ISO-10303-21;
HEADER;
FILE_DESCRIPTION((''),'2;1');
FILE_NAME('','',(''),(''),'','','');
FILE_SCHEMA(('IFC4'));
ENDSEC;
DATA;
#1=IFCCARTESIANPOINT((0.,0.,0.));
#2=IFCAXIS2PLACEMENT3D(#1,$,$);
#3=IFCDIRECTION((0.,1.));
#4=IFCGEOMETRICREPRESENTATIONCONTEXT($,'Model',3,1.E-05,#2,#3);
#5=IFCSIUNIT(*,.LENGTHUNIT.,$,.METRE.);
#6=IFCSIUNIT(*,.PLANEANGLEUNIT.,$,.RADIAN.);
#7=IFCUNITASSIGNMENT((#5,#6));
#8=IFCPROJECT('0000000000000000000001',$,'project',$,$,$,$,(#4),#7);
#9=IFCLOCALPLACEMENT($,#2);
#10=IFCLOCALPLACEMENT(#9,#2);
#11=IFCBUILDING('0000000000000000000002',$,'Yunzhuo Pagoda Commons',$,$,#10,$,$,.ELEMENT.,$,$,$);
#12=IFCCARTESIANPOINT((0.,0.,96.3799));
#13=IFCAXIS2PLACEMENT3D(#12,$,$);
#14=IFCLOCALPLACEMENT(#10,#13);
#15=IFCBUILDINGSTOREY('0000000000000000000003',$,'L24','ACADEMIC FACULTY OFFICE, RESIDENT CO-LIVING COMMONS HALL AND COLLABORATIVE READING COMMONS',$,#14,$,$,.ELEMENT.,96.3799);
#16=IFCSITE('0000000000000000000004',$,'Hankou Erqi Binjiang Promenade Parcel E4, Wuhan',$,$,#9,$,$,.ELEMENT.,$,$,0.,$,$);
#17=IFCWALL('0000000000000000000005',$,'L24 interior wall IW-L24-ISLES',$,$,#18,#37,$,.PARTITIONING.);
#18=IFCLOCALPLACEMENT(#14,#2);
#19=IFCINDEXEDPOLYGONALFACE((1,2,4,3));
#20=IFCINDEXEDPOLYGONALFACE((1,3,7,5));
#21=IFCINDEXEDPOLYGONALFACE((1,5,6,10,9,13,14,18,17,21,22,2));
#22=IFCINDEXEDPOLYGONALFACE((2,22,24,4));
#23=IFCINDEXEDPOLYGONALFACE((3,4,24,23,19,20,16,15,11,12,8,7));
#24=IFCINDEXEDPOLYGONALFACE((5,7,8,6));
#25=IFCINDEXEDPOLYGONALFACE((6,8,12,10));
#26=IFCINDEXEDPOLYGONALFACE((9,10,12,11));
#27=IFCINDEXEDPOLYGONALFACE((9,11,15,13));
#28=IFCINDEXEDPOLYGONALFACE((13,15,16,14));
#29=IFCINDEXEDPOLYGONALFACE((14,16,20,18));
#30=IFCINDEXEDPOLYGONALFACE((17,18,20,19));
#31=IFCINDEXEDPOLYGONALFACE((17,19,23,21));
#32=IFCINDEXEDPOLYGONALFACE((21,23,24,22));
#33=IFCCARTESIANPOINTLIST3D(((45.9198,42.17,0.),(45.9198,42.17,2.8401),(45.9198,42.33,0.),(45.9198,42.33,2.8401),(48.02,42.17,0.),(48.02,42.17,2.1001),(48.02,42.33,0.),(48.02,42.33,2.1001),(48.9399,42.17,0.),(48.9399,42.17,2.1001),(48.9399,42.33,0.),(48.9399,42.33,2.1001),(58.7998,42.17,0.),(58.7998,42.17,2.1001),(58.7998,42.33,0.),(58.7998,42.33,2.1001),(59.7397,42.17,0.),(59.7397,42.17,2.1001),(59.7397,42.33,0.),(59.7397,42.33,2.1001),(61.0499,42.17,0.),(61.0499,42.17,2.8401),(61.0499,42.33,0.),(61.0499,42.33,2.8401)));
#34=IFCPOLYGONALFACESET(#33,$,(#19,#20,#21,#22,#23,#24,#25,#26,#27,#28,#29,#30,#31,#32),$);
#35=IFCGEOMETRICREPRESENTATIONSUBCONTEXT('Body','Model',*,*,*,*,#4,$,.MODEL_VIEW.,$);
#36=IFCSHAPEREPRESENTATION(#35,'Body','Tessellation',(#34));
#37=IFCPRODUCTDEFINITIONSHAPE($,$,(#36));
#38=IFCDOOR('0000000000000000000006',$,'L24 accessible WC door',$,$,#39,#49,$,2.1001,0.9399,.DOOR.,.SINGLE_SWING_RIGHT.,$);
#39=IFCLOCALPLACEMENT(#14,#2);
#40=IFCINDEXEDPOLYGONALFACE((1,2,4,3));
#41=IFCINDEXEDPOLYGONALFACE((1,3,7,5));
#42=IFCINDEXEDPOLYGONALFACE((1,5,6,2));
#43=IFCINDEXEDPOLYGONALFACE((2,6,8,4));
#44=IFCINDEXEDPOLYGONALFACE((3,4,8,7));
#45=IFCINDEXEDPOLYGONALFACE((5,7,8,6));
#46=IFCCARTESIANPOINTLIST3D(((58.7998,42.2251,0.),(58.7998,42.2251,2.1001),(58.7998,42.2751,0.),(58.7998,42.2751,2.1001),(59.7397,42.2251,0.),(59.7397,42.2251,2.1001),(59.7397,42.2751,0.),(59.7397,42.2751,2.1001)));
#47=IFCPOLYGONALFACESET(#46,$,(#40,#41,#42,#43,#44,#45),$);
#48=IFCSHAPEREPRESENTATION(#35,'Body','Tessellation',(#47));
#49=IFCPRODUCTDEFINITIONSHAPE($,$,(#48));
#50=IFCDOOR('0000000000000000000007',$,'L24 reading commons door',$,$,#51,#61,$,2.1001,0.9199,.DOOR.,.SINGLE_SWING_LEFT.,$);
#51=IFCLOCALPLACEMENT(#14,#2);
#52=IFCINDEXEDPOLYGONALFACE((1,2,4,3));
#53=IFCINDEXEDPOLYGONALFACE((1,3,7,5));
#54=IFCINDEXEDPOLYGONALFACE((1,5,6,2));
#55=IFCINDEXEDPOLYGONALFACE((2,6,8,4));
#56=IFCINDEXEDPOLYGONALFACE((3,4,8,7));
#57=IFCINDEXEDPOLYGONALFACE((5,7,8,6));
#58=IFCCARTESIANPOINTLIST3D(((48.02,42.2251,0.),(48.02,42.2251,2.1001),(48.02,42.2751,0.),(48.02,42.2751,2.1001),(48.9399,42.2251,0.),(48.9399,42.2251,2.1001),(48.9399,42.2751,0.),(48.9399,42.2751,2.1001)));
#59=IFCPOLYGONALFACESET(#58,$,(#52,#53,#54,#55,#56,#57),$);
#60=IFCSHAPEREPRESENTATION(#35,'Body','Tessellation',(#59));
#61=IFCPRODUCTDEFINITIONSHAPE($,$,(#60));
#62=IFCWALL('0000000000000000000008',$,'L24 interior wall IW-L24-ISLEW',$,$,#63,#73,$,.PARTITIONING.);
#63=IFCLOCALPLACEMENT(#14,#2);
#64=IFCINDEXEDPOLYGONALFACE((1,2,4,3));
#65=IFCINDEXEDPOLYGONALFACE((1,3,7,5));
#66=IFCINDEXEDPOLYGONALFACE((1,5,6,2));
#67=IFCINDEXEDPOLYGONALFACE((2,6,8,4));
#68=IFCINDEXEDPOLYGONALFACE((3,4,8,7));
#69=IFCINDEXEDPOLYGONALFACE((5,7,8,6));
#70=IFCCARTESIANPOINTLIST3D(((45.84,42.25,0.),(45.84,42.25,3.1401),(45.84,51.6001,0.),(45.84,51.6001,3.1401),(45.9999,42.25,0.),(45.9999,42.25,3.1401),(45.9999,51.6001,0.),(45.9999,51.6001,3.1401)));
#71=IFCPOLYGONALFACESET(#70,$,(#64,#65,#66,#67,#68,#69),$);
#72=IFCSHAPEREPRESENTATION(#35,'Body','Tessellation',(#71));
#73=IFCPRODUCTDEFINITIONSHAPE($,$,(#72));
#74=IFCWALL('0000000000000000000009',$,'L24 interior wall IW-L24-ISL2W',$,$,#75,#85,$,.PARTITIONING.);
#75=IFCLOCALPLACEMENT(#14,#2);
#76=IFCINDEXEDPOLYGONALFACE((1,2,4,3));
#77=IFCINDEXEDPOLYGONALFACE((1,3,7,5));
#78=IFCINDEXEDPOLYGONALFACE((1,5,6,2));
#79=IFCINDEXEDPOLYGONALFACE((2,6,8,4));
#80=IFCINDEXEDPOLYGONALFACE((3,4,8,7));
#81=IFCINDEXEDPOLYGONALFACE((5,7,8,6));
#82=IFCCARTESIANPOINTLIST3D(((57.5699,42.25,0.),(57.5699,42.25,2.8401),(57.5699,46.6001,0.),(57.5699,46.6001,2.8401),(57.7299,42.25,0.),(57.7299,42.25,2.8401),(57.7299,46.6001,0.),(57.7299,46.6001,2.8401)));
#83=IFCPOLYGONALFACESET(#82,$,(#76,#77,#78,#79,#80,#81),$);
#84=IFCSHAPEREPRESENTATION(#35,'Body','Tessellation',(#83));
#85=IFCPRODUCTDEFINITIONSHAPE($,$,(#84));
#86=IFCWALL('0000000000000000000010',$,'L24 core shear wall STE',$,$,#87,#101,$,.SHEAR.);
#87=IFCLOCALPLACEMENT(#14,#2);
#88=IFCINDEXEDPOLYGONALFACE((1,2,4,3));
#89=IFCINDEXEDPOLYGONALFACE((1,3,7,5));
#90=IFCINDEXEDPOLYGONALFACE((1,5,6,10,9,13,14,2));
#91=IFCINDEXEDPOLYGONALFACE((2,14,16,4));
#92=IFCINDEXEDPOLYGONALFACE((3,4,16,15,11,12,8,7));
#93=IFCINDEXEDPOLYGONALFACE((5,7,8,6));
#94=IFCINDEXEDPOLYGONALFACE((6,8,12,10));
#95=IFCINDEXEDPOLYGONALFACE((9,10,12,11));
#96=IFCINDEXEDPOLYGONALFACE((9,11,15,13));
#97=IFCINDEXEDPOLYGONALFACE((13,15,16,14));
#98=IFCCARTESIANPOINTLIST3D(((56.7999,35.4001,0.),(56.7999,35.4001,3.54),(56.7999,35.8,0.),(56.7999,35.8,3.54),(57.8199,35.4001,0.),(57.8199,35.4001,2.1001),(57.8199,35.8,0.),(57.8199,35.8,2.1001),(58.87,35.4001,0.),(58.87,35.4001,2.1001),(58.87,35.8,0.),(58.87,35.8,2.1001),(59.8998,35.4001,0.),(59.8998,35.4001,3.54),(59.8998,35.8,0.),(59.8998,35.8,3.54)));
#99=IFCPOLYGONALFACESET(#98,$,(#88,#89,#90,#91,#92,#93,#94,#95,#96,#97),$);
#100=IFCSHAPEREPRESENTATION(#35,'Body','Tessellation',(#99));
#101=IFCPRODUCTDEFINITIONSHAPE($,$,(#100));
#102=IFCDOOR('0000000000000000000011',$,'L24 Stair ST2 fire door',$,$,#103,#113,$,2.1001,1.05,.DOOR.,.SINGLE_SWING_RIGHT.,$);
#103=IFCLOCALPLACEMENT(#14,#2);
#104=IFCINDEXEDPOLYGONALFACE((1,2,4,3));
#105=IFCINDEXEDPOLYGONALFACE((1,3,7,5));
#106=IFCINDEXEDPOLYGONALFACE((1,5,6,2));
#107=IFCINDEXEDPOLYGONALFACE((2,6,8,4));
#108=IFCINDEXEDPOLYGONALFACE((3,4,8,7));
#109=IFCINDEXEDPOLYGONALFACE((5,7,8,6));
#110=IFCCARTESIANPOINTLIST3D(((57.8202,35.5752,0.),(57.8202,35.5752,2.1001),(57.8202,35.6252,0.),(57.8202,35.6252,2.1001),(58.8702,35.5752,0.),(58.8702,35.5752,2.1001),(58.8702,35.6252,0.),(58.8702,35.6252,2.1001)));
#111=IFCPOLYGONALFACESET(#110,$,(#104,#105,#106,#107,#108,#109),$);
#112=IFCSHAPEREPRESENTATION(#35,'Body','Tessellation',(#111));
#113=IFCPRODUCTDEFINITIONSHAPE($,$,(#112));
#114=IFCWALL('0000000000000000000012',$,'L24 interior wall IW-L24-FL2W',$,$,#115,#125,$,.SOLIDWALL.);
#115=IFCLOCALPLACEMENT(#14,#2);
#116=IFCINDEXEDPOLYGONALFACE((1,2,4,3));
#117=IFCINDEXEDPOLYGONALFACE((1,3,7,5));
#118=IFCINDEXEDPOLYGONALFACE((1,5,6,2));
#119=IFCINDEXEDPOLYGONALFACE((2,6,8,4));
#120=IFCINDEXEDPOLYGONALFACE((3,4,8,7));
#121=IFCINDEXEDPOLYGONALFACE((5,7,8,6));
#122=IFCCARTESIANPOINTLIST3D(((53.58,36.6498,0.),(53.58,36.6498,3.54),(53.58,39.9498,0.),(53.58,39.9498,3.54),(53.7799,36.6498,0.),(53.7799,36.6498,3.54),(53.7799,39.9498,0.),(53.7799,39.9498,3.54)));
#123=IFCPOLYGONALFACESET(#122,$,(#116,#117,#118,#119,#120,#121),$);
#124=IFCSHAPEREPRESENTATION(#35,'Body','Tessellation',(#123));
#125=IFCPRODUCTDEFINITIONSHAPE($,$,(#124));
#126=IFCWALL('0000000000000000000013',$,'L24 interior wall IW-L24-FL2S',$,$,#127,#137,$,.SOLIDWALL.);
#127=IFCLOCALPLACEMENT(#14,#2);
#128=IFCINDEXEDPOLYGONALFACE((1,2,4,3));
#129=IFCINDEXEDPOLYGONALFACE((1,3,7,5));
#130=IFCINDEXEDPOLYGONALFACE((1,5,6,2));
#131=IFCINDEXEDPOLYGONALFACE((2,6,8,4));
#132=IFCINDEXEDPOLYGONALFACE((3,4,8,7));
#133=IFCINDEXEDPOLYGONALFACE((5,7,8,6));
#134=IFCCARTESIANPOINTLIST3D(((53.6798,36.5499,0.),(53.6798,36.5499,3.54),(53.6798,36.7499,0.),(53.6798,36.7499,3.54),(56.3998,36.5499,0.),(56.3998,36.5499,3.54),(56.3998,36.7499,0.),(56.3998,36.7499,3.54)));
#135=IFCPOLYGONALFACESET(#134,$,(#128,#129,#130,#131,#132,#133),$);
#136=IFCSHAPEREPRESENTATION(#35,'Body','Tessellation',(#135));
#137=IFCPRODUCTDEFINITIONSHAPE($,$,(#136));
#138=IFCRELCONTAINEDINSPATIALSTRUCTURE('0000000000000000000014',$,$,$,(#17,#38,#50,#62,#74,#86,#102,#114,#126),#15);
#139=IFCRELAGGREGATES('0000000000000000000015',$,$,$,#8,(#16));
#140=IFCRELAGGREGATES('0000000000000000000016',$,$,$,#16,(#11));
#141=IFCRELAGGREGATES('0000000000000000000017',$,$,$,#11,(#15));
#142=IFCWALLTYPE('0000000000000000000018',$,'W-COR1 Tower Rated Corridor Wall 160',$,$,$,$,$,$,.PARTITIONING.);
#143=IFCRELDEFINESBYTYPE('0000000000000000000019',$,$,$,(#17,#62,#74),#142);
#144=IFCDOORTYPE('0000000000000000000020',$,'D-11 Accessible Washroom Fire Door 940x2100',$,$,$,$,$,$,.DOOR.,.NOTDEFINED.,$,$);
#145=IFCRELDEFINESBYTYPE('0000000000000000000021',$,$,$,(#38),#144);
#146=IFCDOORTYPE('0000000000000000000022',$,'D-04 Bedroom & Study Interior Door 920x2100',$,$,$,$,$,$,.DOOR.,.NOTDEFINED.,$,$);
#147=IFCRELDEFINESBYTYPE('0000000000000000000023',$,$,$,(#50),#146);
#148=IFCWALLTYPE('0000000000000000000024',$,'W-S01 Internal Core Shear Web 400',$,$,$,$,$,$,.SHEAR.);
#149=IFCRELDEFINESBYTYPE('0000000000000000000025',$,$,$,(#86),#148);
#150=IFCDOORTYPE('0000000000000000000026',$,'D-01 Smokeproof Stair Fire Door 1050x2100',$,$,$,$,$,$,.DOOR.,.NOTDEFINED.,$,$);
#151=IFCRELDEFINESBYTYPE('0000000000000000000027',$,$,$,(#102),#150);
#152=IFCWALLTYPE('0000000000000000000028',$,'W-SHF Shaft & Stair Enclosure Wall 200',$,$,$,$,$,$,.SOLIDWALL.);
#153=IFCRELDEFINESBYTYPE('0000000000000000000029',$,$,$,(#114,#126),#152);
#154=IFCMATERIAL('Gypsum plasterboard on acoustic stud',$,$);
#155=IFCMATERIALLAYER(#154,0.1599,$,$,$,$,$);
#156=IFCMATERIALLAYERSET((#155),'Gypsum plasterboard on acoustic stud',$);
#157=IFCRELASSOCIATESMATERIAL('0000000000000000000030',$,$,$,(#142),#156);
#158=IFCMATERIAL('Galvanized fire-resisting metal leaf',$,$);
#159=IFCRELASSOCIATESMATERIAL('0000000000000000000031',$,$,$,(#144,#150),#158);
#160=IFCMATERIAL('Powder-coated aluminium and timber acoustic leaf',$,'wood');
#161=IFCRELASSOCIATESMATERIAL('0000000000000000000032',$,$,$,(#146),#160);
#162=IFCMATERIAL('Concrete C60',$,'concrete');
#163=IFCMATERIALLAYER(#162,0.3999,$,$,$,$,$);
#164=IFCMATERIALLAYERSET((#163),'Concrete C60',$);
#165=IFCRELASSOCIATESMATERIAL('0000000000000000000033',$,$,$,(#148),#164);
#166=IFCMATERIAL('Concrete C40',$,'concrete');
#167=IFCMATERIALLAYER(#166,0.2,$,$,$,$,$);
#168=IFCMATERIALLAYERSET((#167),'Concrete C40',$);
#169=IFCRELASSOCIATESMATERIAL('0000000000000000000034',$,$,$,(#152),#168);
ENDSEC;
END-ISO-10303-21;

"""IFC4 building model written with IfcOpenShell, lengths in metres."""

from ifc_helpers import new_model, si_unit, direction, frame, frame_2d, origin, place, context, subcontext, project, spatial, rectangle, extrude, source, transform, mapped, material, layer, layer_set, type_object, element, fill, save


model = new_model("IFC4")

# Units and contexts
model_context = context("Model", 3, precision=1e-05, world=origin(), true_north=direction((0.0, 1.0)))
body_context = subcontext(model_context, "Body", "Model", "MODEL_VIEW")
ifc_project = project(units=[si_unit("LENGTHUNIT", "METRE"), si_unit("PLANEANGLEUNIT", "RADIAN")], contexts=[model_context])

# Site, building, storey
site_placement = place(None, origin())
site = spatial("IfcSite", under=ifc_project, at=site_placement, Name="Hankou Erqi Binjiang Promenade Parcel E4, Wuhan", CompositionType="ELEMENT", RefElevation=0.0)
building_placement = place(site_placement, origin())
building = spatial("IfcBuilding", under=site, at=building_placement, Name="Yunzhuo Pagoda Commons", CompositionType="ELEMENT")
storey_placement = place(building_placement, frame((0.0, 0.0, 96.3799)))
storey = spatial("IfcBuildingStorey", under=building, at=storey_placement, Name="L24", Description="ACADEMIC FACULTY OFFICE, RESIDENT CO-LIVING COMMONS HALL AND COLLABORATIVE READING COMMONS", CompositionType="ELEMENT", Elevation=96.3799)

# Shared definitions
ifc_material_1 = material(Name="Concrete C60", Category="concrete")
ifc_material_2 = material(Name="Galvanized fire-resisting metal leaf")
shared_shape_1 = source(origin(), body_context, "Body", "SweptSolid", [
    extrude(rectangle(XDim=1.05, YDim=2.1001, at=frame_2d((0.5249, 1.05))), frame((0.0, 0.0249, 0.0), z_axis=(0.0, -1.0, 0.0), x_axis=(1.0, 0.0, 0.0)), (0.0, 0.0, 1.0), 0.05),
])

# Wall, openings, doors
ifc_material_3 = material(Name="Gypsum plasterboard on acoustic stud")
ifc_layer_1 = layer(ifc_material_3, 0.1599)
ifc_layer_set_1 = layer_set([ifc_layer_1], Name="Gypsum plasterboard on acoustic stud")
wall_type_1 = type_object("IfcWallType", Name="W-COR1 Tower Rated Corridor Wall 160", PredefinedType="PARTITIONING", material=ifc_layer_set_1)
wall_1_placement = place(storey_placement, frame((45.9199, 42.25, 0.0), z_axis=(0.0, 0.0, 1.0), x_axis=(1.0, 0.0, 0.0)))
wall_1 = element("IfcWall", 1, at=wall_1_placement, inside=storey, type_object=wall_type_1, Name="L24 interior wall IW-L24-ISLES", PredefinedType="PARTITIONING", context=body_context, shape_type="SweptSolid", body=[
    extrude(rectangle(XDim=15.1301, YDim=0.1599, at=frame_2d((7.5649, 0.0))), origin(), (0.0, 0.0, 1.0), 2.8401),
])
opening_1_placement = place(wall_1_placement, frame((2.1001, 0.0, 0.0)))
opening_1 = element("IfcOpeningElement", 2, at=opening_1_placement, cuts=wall_1, PredefinedType="OPENING", context=body_context, shape_type="SweptSolid", body=[
    extrude(rectangle(XDim=0.9199, YDim=2.1001, at=frame_2d((0.46, 1.05))), frame((0.0, 0.0898, 0.0), z_axis=(0.0, -1.0, 0.0), x_axis=(1.0, 0.0, 0.0)), (0.0, 0.0, 1.0), 0.1799),
])
opening_2_placement = place(wall_1_placement, frame((12.8799, 0.0, 0.0)))
opening_2 = element("IfcOpeningElement", 3, at=opening_2_placement, cuts=wall_1, PredefinedType="OPENING", context=body_context, shape_type="SweptSolid", body=[
    extrude(rectangle(XDim=0.9399, YDim=2.1001, at=frame_2d((0.47, 1.05))), frame((0.0, 0.0898, 0.0), z_axis=(0.0, -1.0, 0.0), x_axis=(1.0, 0.0, 0.0)), (0.0, 0.0, 1.0), 0.1799),
])
door_type_1 = type_object("IfcDoorType", Name="D-11 Accessible Washroom Fire Door 940x2100", OperationType="NOTDEFINED", PredefinedType="DOOR", material=ifc_material_2)
shared_shape_2 = source(origin(), body_context, "Body", "SweptSolid", [
    extrude(rectangle(XDim=0.9399, YDim=2.1001, at=frame_2d((0.47, 1.05))), frame((0.0, 0.0249, 0.0), z_axis=(0.0, -1.0, 0.0), x_axis=(1.0, 0.0, 0.0)), (0.0, 0.0, 1.0), 0.05),
])
door_1_placement = place(opening_2_placement, frame((0.9399, 0.0, 0.0), z_axis=(0.0, 0.0, 1.0), x_axis=(-1.0, 0.0, 0.0)))
door_1 = element("IfcDoor", 4, at=door_1_placement, inside=storey, type_object=door_type_1, Name="L24 accessible WC door", OperationType="SINGLE_SWING_RIGHT", OverallHeight=2.1001, OverallWidth=0.9399, PredefinedType="DOOR", context=body_context, shape_type="MappedRepresentation", body=[
    mapped(shared_shape_2, transform((0.0, 0.0, 0.0), scale=1.0)),
])
fill(opening_2, door_1)
ifc_material_4 = material(Name="Powder-coated aluminium and timber acoustic leaf", Category="wood")
door_type_2 = type_object("IfcDoorType", Name="D-04 Bedroom & Study Interior Door 920x2100", OperationType="NOTDEFINED", PredefinedType="DOOR", material=ifc_material_4)
shared_shape_3 = source(origin(), body_context, "Body", "SweptSolid", [
    extrude(rectangle(XDim=0.9199, YDim=2.1001, at=frame_2d((0.46, 1.05))), frame((0.0, 0.0249, 0.0), z_axis=(0.0, -1.0, 0.0), x_axis=(1.0, 0.0, 0.0)), (0.0, 0.0, 1.0), 0.05),
])
door_2_placement = place(opening_1_placement, frame((0.9199, 0.0, 0.0), z_axis=(0.0, 0.0, 1.0), x_axis=(-1.0, 0.0, 0.0)))
door_2 = element("IfcDoor", 5, at=door_2_placement, inside=storey, type_object=door_type_2, Name="L24 reading commons door", OperationType="SINGLE_SWING_LEFT", OverallHeight=2.1001, OverallWidth=0.9199, PredefinedType="DOOR", context=body_context, shape_type="MappedRepresentation", body=[
    mapped(shared_shape_3, transform((0.0, 0.0, 0.0), scale=1.0)),
])
fill(opening_1, door_2)

# Walls
wall_2_placement = place(storey_placement, frame((45.9199, 42.25, 0.0), z_axis=(0.0, 0.0, 1.0), x_axis=(0.0, 1.0, 0.0)))
element("IfcWall", 6, at=wall_2_placement, inside=storey, type_object=wall_type_1, Name="L24 interior wall IW-L24-ISLEW", PredefinedType="PARTITIONING", context=body_context, shape_type="SweptSolid", body=[
    extrude(rectangle(XDim=9.3501, YDim=0.1599, at=frame_2d((4.675, 0.0))), origin(), (0.0, 0.0, 1.0), 3.1401),
])
wall_3_placement = place(storey_placement, frame((57.6499, 42.25, 0.0), z_axis=(0.0, 0.0, 1.0), x_axis=(0.0, 1.0, 0.0)))
element("IfcWall", 7, at=wall_3_placement, inside=storey, type_object=wall_type_1, Name="L24 interior wall IW-L24-ISL2W", PredefinedType="PARTITIONING", context=body_context, shape_type="SweptSolid", body=[
    extrude(rectangle(XDim=4.3501, YDim=0.1599, at=frame_2d((2.175, 0.0))), origin(), (0.0, 0.0, 1.0), 2.8401),
])

# Wall, opening, door
ifc_layer_2 = layer(ifc_material_1, 0.3999)
ifc_layer_set_2 = layer_set([ifc_layer_2], Name="Concrete C60")
wall_type_2 = type_object("IfcWallType", Name="W-S01 Internal Core Shear Web 400", PredefinedType="SHEAR", material=ifc_layer_set_2)
wall_4_placement = place(storey_placement, frame((56.8, 35.6001, 0.0), z_axis=(0.0, 0.0, 1.0), x_axis=(1.0, 0.0, 0.0)))
wall_4 = element("IfcWall", 8, at=wall_4_placement, inside=storey, type_object=wall_type_2, Name="L24 core shear wall STE", PredefinedType="SHEAR", context=body_context, shape_type="SweptSolid", body=[
    extrude(rectangle(XDim=3.0999, YDim=0.3999, at=frame_2d((1.5498, 0.0))), origin(), (0.0, 0.0, 1.0), 3.54),
])
opening_3_placement = place(wall_4_placement, frame((1.02, 0.0, 0.0)))
opening_3 = element("IfcOpeningElement", 9, at=opening_3_placement, cuts=wall_4, PredefinedType="OPENING", context=body_context, shape_type="SweptSolid", body=[
    extrude(rectangle(XDim=1.05, YDim=2.1001, at=frame_2d((0.5249, 1.05))), frame((0.0, 0.21, 0.0), z_axis=(0.0, -1.0, 0.0), x_axis=(1.0, 0.0, 0.0)), (0.0, 0.0, 1.0), 0.4199),
])
door_type_3 = type_object("IfcDoorType", Name="D-01 Smokeproof Stair Fire Door 1050x2100", OperationType="NOTDEFINED", PredefinedType="DOOR", material=ifc_material_2)
door_3_placement = place(opening_3_placement, frame((1.05, 0.0, 0.0), z_axis=(0.0, 0.0, 1.0), x_axis=(-1.0, 0.0, 0.0)))
door_3 = element("IfcDoor", 10, at=door_3_placement, inside=storey, type_object=door_type_3, Name="L24 Stair ST2 fire door", OperationType="SINGLE_SWING_RIGHT", OverallHeight=2.1001, OverallWidth=1.05, PredefinedType="DOOR", context=body_context, shape_type="MappedRepresentation", body=[
    mapped(shared_shape_1, transform((0.0, 0.0, 0.0), scale=1.0)),
])
fill(opening_3, door_3)

# Walls
ifc_material_5 = material(Name="Concrete C40", Category="concrete")
ifc_layer_3 = layer(ifc_material_5, 0.2)
ifc_layer_set_3 = layer_set([ifc_layer_3], Name="Concrete C40")
wall_type_3 = type_object("IfcWallType", Name="W-SHF Shaft & Stair Enclosure Wall 200", PredefinedType="SOLIDWALL", material=ifc_layer_set_3)
wall_5_placement = place(storey_placement, frame((53.6799, 36.6499, 0.0), z_axis=(0.0, 0.0, 1.0), x_axis=(0.0, 1.0, 0.0)))
element("IfcWall", 11, at=wall_5_placement, inside=storey, type_object=wall_type_3, Name="L24 interior wall IW-L24-FL2W", PredefinedType="SOLIDWALL", context=body_context, shape_type="SweptSolid", body=[
    extrude(rectangle(XDim=3.3, YDim=0.2, at=frame_2d((1.6499, 0.0))), origin(), (0.0, 0.0, 1.0), 3.54),
])
wall_6_placement = place(storey_placement, frame((53.6799, 36.6499, 0.0), z_axis=(0.0, 0.0, 1.0), x_axis=(1.0, 0.0, 0.0)))
element("IfcWall", 12, at=wall_6_placement, inside=storey, type_object=wall_type_3, Name="L24 interior wall IW-L24-FL2S", PredefinedType="SOLIDWALL", context=body_context, shape_type="SweptSolid", body=[
    extrude(rectangle(XDim=2.72, YDim=0.2, at=frame_2d((1.3599, 0.0))), origin(), (0.0, 0.0, 1.0), 3.54),
])

save(model, "model.ifc")
